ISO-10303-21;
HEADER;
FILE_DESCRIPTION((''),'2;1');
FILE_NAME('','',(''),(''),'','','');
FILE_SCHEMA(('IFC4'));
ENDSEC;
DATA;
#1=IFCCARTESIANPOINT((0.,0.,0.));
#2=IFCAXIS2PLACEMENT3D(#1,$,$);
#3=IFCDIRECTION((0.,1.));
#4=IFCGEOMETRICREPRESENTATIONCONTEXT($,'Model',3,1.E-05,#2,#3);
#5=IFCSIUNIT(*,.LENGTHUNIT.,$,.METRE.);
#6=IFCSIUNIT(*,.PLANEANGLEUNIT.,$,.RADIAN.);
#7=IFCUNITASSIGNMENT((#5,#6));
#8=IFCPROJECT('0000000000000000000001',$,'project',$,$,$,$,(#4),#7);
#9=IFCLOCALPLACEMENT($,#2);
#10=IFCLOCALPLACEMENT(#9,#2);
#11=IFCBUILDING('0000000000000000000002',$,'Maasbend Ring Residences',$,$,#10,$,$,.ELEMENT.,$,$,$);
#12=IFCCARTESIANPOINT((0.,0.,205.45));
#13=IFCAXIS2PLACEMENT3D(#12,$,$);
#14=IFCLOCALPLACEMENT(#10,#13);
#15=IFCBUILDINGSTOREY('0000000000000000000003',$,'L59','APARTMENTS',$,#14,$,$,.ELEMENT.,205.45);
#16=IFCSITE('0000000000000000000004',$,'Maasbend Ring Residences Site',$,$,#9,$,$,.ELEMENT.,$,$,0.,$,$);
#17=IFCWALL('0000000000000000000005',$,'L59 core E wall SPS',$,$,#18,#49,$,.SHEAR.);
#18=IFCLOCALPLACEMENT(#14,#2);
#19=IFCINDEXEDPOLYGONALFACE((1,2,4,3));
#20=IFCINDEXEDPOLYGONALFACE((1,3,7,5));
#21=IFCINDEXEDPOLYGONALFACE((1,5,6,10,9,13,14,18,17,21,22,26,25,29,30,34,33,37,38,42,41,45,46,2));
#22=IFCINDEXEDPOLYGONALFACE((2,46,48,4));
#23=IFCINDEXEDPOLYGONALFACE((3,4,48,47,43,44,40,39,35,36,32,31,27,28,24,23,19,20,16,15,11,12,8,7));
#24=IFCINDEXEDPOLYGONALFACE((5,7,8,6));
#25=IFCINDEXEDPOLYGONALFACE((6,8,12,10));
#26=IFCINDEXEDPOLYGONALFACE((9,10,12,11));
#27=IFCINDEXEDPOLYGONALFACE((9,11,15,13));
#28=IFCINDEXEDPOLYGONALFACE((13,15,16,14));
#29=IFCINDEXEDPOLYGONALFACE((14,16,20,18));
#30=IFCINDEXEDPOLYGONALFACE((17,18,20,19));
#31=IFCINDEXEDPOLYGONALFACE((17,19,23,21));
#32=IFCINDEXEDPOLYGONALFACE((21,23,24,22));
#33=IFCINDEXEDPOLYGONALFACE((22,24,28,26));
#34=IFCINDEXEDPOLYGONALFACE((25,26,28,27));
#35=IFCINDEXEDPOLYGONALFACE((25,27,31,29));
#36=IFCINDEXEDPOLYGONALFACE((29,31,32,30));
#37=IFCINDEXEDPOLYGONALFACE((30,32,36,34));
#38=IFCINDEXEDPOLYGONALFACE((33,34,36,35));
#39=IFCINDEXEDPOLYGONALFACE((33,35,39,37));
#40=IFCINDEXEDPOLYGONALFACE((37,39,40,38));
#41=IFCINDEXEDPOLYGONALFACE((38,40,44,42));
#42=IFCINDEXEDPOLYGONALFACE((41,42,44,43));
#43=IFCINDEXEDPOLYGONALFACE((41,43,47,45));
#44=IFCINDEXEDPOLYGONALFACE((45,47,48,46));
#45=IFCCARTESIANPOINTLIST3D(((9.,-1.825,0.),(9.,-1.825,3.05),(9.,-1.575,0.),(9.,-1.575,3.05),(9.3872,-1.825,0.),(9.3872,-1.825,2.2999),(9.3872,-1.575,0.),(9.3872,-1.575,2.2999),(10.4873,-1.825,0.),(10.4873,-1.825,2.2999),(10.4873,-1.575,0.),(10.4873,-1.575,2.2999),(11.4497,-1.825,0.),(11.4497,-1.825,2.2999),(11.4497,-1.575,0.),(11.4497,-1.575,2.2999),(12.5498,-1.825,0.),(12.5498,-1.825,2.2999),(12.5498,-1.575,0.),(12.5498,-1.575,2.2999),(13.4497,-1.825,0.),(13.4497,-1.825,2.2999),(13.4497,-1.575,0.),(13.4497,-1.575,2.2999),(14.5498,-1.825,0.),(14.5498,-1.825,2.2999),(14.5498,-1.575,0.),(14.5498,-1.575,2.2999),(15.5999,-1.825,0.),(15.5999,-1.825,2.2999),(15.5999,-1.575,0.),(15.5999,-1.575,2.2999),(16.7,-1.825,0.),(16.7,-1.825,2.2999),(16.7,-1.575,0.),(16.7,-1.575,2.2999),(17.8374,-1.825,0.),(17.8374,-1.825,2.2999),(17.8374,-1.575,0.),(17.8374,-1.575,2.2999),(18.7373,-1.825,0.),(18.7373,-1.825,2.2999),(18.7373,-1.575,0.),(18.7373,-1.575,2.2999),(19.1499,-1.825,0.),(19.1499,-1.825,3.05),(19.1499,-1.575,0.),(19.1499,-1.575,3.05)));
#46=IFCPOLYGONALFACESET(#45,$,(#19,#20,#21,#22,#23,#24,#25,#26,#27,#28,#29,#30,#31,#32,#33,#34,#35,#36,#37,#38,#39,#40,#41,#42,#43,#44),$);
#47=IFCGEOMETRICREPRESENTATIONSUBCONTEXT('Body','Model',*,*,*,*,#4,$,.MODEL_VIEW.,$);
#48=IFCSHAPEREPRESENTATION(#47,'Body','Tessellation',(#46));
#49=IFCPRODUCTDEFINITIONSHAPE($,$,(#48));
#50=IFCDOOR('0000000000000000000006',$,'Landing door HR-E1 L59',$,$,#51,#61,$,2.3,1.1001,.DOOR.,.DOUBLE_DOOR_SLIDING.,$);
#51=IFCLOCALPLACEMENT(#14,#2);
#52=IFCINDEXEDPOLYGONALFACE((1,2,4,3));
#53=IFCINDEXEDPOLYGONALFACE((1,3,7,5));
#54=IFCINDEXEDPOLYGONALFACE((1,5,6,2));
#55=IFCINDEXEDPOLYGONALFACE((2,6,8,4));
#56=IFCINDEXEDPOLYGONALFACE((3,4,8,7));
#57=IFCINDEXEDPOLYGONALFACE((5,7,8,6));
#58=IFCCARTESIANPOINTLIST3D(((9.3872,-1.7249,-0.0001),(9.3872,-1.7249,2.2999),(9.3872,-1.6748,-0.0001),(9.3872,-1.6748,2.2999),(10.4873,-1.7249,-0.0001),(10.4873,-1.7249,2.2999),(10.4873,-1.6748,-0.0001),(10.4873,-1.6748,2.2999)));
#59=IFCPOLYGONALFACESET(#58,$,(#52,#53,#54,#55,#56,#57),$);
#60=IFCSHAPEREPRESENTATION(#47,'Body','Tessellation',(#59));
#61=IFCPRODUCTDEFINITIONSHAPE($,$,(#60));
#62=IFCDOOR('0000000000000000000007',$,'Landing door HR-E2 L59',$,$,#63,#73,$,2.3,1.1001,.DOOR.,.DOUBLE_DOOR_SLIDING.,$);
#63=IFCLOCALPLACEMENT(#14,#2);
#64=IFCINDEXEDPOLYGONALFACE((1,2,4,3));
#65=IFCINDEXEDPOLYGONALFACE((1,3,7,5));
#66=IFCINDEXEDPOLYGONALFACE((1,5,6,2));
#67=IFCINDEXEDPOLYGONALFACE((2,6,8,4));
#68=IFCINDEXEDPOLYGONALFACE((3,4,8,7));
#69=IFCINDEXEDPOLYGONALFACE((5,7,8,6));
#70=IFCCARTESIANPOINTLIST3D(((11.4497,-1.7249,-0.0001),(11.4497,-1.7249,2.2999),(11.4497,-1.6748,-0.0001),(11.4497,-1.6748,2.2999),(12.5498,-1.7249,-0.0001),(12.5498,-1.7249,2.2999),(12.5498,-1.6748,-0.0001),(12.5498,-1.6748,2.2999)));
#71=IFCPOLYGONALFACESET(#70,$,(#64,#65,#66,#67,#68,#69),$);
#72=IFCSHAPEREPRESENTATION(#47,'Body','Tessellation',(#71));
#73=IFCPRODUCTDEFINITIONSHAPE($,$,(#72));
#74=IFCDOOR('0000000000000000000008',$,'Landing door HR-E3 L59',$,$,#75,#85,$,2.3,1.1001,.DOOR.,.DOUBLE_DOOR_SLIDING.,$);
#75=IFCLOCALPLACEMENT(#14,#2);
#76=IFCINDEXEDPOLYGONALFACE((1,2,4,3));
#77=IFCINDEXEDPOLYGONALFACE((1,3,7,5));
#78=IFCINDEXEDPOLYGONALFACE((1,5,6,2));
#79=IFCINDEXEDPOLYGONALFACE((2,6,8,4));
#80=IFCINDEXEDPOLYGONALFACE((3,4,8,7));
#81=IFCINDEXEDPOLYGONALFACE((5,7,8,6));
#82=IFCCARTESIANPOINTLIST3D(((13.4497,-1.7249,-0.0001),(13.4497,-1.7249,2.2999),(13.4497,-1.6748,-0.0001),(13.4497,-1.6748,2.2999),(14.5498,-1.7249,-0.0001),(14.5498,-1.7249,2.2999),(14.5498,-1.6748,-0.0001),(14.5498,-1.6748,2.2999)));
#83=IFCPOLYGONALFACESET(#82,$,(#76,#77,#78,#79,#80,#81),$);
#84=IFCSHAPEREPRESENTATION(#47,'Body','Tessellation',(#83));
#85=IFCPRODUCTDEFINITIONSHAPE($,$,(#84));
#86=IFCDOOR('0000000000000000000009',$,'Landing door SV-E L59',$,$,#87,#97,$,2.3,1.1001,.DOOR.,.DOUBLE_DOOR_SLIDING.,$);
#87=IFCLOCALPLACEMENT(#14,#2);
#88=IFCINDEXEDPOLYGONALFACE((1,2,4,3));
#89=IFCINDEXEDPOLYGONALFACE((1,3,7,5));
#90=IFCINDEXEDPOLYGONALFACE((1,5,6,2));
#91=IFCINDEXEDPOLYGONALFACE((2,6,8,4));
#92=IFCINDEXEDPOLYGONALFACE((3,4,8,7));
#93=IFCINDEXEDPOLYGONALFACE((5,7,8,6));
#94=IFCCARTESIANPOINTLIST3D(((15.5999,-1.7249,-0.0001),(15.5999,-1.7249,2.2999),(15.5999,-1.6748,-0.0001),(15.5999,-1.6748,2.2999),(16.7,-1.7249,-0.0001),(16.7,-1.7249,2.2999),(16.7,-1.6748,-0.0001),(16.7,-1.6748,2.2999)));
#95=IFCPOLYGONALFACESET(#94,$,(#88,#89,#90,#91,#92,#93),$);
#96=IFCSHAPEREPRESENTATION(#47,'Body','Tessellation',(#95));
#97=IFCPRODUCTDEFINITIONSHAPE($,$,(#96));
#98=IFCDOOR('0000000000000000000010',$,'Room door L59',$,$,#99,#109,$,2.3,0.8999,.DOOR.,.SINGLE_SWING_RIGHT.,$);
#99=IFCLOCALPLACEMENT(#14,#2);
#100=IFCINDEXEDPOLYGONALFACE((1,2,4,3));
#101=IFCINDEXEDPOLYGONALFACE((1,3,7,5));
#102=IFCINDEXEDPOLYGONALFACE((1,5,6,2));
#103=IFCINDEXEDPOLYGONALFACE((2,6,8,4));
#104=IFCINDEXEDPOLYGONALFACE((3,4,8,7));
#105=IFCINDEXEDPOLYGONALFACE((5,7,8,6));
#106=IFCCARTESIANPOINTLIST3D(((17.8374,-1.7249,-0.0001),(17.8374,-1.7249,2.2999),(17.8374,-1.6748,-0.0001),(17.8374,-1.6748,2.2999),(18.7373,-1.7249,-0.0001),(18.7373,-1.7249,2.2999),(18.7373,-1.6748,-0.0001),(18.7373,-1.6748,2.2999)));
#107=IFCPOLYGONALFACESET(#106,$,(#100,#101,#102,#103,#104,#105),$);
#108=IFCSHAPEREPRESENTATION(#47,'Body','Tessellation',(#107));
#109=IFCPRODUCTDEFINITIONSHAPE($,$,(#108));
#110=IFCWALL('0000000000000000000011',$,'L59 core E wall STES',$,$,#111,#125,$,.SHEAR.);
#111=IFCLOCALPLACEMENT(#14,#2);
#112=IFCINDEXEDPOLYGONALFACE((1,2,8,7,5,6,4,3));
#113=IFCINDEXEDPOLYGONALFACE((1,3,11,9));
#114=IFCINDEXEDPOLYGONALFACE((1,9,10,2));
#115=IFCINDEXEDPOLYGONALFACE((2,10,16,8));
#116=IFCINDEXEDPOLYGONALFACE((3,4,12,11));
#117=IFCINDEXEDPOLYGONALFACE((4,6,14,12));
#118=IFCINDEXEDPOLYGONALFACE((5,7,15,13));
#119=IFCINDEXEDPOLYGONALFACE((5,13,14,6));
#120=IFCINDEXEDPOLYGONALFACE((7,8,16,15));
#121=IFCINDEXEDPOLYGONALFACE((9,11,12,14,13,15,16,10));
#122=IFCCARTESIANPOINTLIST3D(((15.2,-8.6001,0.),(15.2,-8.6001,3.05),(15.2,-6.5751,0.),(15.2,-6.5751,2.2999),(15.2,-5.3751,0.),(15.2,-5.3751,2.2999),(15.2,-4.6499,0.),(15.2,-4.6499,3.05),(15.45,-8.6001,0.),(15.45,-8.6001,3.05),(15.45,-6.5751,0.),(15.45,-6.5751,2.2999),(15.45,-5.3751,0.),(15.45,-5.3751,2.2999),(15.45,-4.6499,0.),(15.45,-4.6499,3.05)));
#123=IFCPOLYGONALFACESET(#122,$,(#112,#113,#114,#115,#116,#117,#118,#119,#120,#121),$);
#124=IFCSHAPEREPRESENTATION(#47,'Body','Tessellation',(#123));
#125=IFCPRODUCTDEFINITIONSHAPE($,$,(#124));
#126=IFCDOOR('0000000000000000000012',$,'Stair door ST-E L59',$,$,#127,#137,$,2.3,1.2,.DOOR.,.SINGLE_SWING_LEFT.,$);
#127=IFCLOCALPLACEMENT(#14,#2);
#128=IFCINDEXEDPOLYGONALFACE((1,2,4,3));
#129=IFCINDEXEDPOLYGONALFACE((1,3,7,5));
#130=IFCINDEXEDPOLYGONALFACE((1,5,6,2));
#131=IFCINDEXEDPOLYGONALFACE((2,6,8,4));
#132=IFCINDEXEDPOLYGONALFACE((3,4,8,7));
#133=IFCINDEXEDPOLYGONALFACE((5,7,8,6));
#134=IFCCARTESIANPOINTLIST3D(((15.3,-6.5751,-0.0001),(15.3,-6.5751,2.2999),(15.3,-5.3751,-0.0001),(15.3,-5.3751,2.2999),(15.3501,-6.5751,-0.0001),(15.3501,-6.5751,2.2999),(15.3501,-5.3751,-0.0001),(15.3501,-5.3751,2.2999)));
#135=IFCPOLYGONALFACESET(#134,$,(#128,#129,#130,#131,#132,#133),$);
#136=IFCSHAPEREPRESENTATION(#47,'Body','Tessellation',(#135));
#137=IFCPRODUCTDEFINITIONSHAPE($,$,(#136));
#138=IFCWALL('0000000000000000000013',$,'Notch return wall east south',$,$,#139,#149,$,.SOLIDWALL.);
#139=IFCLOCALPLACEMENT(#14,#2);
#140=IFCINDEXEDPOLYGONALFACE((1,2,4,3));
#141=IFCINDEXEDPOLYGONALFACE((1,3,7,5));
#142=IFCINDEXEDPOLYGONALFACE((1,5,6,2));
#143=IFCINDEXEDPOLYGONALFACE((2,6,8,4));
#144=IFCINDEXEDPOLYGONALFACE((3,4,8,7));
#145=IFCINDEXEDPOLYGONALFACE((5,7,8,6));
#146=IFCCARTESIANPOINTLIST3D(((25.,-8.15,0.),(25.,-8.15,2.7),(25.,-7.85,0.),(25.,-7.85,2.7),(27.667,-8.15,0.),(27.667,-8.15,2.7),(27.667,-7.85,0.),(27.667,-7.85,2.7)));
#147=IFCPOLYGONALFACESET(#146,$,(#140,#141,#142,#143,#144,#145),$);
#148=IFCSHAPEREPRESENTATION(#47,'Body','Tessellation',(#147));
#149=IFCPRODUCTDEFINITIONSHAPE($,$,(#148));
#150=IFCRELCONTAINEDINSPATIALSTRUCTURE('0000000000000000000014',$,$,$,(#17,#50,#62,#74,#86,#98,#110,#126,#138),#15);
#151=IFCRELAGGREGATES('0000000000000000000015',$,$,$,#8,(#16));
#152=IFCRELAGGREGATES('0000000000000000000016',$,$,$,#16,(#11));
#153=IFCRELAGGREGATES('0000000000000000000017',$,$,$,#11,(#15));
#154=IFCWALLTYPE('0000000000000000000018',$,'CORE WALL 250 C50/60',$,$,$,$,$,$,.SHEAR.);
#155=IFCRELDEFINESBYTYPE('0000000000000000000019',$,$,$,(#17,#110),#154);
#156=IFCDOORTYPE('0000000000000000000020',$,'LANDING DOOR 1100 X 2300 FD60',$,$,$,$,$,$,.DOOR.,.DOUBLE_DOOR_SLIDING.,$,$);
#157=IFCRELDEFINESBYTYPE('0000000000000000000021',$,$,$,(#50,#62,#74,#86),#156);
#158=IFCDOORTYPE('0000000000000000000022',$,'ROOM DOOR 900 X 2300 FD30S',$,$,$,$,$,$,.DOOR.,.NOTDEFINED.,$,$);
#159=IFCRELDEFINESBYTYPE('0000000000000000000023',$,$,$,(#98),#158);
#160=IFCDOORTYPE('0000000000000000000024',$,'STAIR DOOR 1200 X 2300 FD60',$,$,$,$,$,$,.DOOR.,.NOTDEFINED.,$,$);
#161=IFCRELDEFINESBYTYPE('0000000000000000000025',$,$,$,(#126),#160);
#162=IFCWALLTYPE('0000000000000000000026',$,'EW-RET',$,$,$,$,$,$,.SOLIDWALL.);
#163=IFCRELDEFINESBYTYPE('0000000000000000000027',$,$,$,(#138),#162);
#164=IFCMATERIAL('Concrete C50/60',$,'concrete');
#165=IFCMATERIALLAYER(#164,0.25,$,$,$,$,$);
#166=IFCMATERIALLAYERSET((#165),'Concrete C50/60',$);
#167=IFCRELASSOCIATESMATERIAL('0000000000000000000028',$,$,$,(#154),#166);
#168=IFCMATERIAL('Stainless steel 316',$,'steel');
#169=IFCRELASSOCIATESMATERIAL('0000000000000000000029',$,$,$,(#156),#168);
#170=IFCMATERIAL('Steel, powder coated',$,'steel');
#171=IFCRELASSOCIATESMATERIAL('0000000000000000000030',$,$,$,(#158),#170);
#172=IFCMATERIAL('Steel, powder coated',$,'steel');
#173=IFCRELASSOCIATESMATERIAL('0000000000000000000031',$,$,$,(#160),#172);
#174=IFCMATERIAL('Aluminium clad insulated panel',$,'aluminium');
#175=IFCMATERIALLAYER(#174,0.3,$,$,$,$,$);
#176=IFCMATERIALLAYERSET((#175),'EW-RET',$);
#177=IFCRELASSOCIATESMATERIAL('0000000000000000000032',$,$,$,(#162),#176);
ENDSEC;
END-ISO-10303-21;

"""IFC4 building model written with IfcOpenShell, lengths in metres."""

from ifc_helpers import new_model, si_unit, direction, frame, frame_2d, origin, place, context, subcontext, project, spatial, rectangle, extrude, material, layer, layer_set, type_object, element, fill, save


model = new_model("IFC4")

# Units and contexts
model_context = context("Model", 3, precision=1e-05, world=origin(), true_north=direction((0.0, 1.0)))
body_context = subcontext(model_context, "Body", "Model", "MODEL_VIEW")
ifc_project = project(units=[si_unit("LENGTHUNIT", "METRE"), si_unit("PLANEANGLEUNIT", "RADIAN")], contexts=[model_context])

# Site, building, storey
site_placement = place(None, origin())
site = spatial("IfcSite", under=ifc_project, at=site_placement, Name="Maasbend Ring Residences Site", CompositionType="ELEMENT", RefElevation=0.0)
building_placement = place(site_placement, origin())
building = spatial("IfcBuilding", under=site, at=building_placement, Name="Maasbend Ring Residences", CompositionType="ELEMENT")
storey_placement = place(building_placement, frame((0.0, 0.0, 205.45)))
storey = spatial("IfcBuildingStorey", under=building, at=storey_placement, Name="L59", Description="APARTMENTS", CompositionType="ELEMENT", Elevation=205.45)

# Wall, openings, doors
ifc_material_1 = material(Name="Concrete C50/60", Category="concrete")
ifc_layer_1 = layer(ifc_material_1, 0.25)
ifc_layer_set_1 = layer_set([ifc_layer_1], Name="Concrete C50/60")
wall_type_1 = type_object("IfcWallType", Name="CORE WALL 250 C50/60", PredefinedType="SHEAR", material=ifc_layer_set_1)
wall_1_placement = place(storey_placement, frame((19.1499, -1.7, 0.0), z_axis=(0.0, 0.0, 1.0), x_axis=(-1.0, 0.0, 0.0)))
wall_1 = element("IfcWall", 1, at=wall_1_placement, inside=storey, type_object=wall_type_1, Name="L59 core E wall SPS", PredefinedType="SHEAR", context=body_context, shape_type="SweptSolid", body=[
    extrude(rectangle(XDim=10.1499, YDim=0.25, at=frame_2d((5.075, 0.0))), origin(), (0.0, 0.0, 1.0), 3.05),
])
opening_1_placement = place(wall_1_placement, frame((8.6626, 0.0, 0.0)))
opening_1 = element("IfcOpeningElement", 2, at=opening_1_placement, cuts=wall_1, PredefinedType="OPENING", context=body_context, shape_type="SweptSolid", body=[
    extrude(rectangle(XDim=1.1001, YDim=2.3, at=frame_2d((0.55, 1.1499))), frame((0.0, 0.135, 0.0), z_axis=(0.0, -1.0, 0.0), x_axis=(1.0, 0.0, 0.0)), (0.0, 0.0, 1.0), 0.27),
])
opening_2_placement = place(wall_1_placement, frame((6.6001, 0.0, 0.0)))
opening_2 = element("IfcOpeningElement", 3, at=opening_2_placement, cuts=wall_1, PredefinedType="OPENING", context=body_context, shape_type="SweptSolid", body=[
    extrude(rectangle(XDim=1.1001, YDim=2.3, at=frame_2d((0.55, 1.1499))), frame((0.0, 0.135, 0.0), z_axis=(0.0, -1.0, 0.0), x_axis=(1.0, 0.0, 0.0)), (0.0, 0.0, 1.0), 0.27),
])
opening_3_placement = place(wall_1_placement, frame((4.6001, 0.0, 0.0)))
opening_3 = element("IfcOpeningElement", 4, at=opening_3_placement, cuts=wall_1, PredefinedType="OPENING", context=body_context, shape_type="SweptSolid", body=[
    extrude(rectangle(XDim=1.1001, YDim=2.3, at=frame_2d((0.55, 1.1499))), frame((0.0, 0.135, 0.0), z_axis=(0.0, -1.0, 0.0), x_axis=(1.0, 0.0, 0.0)), (0.0, 0.0, 1.0), 0.27),
])
opening_4_placement = place(wall_1_placement, frame((2.45, 0.0, 0.0)))
opening_4 = element("IfcOpeningElement", 5, at=opening_4_placement, cuts=wall_1, PredefinedType="OPENING", context=body_context, shape_type="SweptSolid", body=[
    extrude(rectangle(XDim=1.1001, YDim=2.3, at=frame_2d((0.55, 1.1499))), frame((0.0, 0.135, 0.0), z_axis=(0.0, -1.0, 0.0), x_axis=(1.0, 0.0, 0.0)), (0.0, 0.0, 1.0), 0.27),
])
opening_5_placement = place(wall_1_placement, frame((0.4126, 0.0, 0.0)))
opening_5 = element("IfcOpeningElement", 6, at=opening_5_placement, cuts=wall_1, PredefinedType="OPENING", context=body_context, shape_type="SweptSolid", body=[
    extrude(rectangle(XDim=0.8999, YDim=2.3, at=frame_2d((0.45, 1.1499))), frame((0.0, 0.135, 0.0), z_axis=(0.0, -1.0, 0.0), x_axis=(1.0, 0.0, 0.0)), (0.0, 0.0, 1.0), 0.27),
])
ifc_material_2 = material(Name="Stainless steel 316", Category="steel")
door_type_1 = type_object("IfcDoorType", Name="LANDING DOOR 1100 X 2300 FD60", OperationType="DOUBLE_DOOR_SLIDING", PredefinedType="DOOR", material=ifc_material_2)
door_1_placement = place(opening_1_placement, origin())
door_1 = element("IfcDoor", 7, at=door_1_placement, inside=storey, type_object=door_type_1, Name="Landing door HR-E1 L59", OperationType="DOUBLE_DOOR_SLIDING", OverallHeight=2.3, OverallWidth=1.1001, PredefinedType="DOOR", context=body_context, shape_type="SweptSolid", body=[
    extrude(rectangle(XDim=1.1001, YDim=2.3, at=frame_2d((0.55, 1.1499))), frame((0.0, 0.0249, 0.0), z_axis=(0.0, -1.0, 0.0), x_axis=(1.0, 0.0, 0.0)), (0.0, 0.0, 1.0), 0.05),
])
fill(opening_1, door_1)
door_2_placement = place(opening_2_placement, origin())
door_2 = element("IfcDoor", 8, at=door_2_placement, inside=storey, type_object=door_type_1, Name="Landing door HR-E2 L59", OperationType="DOUBLE_DOOR_SLIDING", OverallHeight=2.3, OverallWidth=1.1001, PredefinedType="DOOR", context=body_context, shape_type="SweptSolid", body=[
    extrude(rectangle(XDim=1.1001, YDim=2.3, at=frame_2d((0.55, 1.1499))), frame((0.0, 0.0249, 0.0), z_axis=(0.0, -1.0, 0.0), x_axis=(1.0, 0.0, 0.0)), (0.0, 0.0, 1.0), 0.05),
])
fill(opening_2, door_2)
door_3_placement = place(opening_3_placement, origin())
door_3 = element("IfcDoor", 9, at=door_3_placement, inside=storey, type_object=door_type_1, Name="Landing door HR-E3 L59", OperationType="DOUBLE_DOOR_SLIDING", OverallHeight=2.3, OverallWidth=1.1001, PredefinedType="DOOR", context=body_context, shape_type="SweptSolid", body=[
    extrude(rectangle(XDim=1.1001, YDim=2.3, at=frame_2d((0.55, 1.1499))), frame((0.0, 0.0249, 0.0), z_axis=(0.0, -1.0, 0.0), x_axis=(1.0, 0.0, 0.0)), (0.0, 0.0, 1.0), 0.05),
])
fill(opening_3, door_3)
door_4_placement = place(opening_4_placement, origin())
door_4 = element("IfcDoor", 10, at=door_4_placement, inside=storey, type_object=door_type_1, Name="Landing door SV-E L59", OperationType="DOUBLE_DOOR_SLIDING", OverallHeight=2.3, OverallWidth=1.1001, PredefinedType="DOOR", context=body_context, shape_type="SweptSolid", body=[
    extrude(rectangle(XDim=1.1001, YDim=2.3, at=frame_2d((0.55, 1.1499))), frame((0.0, 0.0249, 0.0), z_axis=(0.0, -1.0, 0.0), x_axis=(1.0, 0.0, 0.0)), (0.0, 0.0, 1.0), 0.05),
])
fill(opening_4, door_4)
ifc_material_3 = material(Name="Steel, powder coated", Category="steel")
door_type_2 = type_object("IfcDoorType", Name="ROOM DOOR 900 X 2300 FD30S", OperationType="NOTDEFINED", PredefinedType="DOOR", material=ifc_material_3)
door_5_placement = place(opening_5_placement, origin())
door_5 = element("IfcDoor", 11, at=door_5_placement, inside=storey, type_object=door_type_2, Name="Room door L59", OperationType="SINGLE_SWING_RIGHT", OverallHeight=2.3, OverallWidth=0.8999, PredefinedType="DOOR", context=body_context, shape_type="SweptSolid", body=[
    extrude(rectangle(XDim=0.8999, YDim=2.3, at=frame_2d((0.45, 1.1499))), frame((0.0, 0.0249, 0.0), z_axis=(0.0, -1.0, 0.0), x_axis=(1.0, 0.0, 0.0)), (0.0, 0.0, 1.0), 0.05),
])
fill(opening_5, door_5)

# Wall, opening, door
wall_2_placement = place(storey_placement, frame((15.325, -8.6001, 0.0), z_axis=(0.0, 0.0, 1.0), x_axis=(0.0, 1.0, 0.0)))
wall_2 = element("IfcWall", 12, at=wall_2_placement, inside=storey, type_object=wall_type_1, Name="L59 core E wall STES", PredefinedType="SHEAR", context=body_context, shape_type="SweptSolid", body=[
    extrude(rectangle(XDim=3.9502, YDim=0.25, at=frame_2d((1.9751, 0.0))), origin(), (0.0, 0.0, 1.0), 3.05),
])
opening_6_placement = place(wall_2_placement, frame((2.0249, 0.0, 0.0)))
opening_6 = element("IfcOpeningElement", 13, at=opening_6_placement, cuts=wall_2, PredefinedType="OPENING", context=body_context, shape_type="SweptSolid", body=[
    extrude(rectangle(XDim=1.2, YDim=2.3, at=frame_2d((0.6001, 1.1499))), frame((0.0, 0.135, 0.0), z_axis=(0.0, -1.0, 0.0), x_axis=(1.0, 0.0, 0.0)), (0.0, 0.0, 1.0), 0.27),
])
ifc_material_4 = material(Name="Steel, powder coated", Category="steel")
door_type_3 = type_object("IfcDoorType", Name="STAIR DOOR 1200 X 2300 FD60", OperationType="NOTDEFINED", PredefinedType="DOOR", material=ifc_material_4)
door_6_placement = place(opening_6_placement, origin())
door_6 = element("IfcDoor", 14, at=door_6_placement, inside=storey, type_object=door_type_3, Name="Stair door ST-E L59", OperationType="SINGLE_SWING_LEFT", OverallHeight=2.3, OverallWidth=1.2, PredefinedType="DOOR", context=body_context, shape_type="SweptSolid", body=[
    extrude(rectangle(XDim=1.2, YDim=2.3, at=frame_2d((0.6001, 1.1499))), frame((0.0, 0.0249, 0.0), z_axis=(0.0, -1.0, 0.0), x_axis=(1.0, 0.0, 0.0)), (0.0, 0.0, 1.0), 0.05),
])
fill(opening_6, door_6)

# Wall
ifc_material_5 = material(Name="Aluminium clad insulated panel", Category="aluminium")
ifc_layer_2 = layer(ifc_material_5, 0.3)
ifc_layer_set_2 = layer_set([ifc_layer_2], Name="EW-RET")
wall_type_2 = type_object("IfcWallType", Name="EW-RET", PredefinedType="SOLIDWALL", material=ifc_layer_set_2)
wall_3_placement = place(storey_placement, frame((25.0, -8.0, 0.0), z_axis=(0.0, 0.0, 1.0), x_axis=(1.0, 0.0, 0.0)))
element("IfcWall", 15, at=wall_3_placement, inside=storey, type_object=wall_type_2, Name="Notch return wall east south", PredefinedType="SOLIDWALL", context=body_context, shape_type="SweptSolid", body=[
    extrude(rectangle(XDim=2.667, YDim=0.3, at=frame_2d((1.3335, 0.0))), origin(), (0.0, 0.0, 1.0), 2.7),
])

save(model, "model.ifc")
